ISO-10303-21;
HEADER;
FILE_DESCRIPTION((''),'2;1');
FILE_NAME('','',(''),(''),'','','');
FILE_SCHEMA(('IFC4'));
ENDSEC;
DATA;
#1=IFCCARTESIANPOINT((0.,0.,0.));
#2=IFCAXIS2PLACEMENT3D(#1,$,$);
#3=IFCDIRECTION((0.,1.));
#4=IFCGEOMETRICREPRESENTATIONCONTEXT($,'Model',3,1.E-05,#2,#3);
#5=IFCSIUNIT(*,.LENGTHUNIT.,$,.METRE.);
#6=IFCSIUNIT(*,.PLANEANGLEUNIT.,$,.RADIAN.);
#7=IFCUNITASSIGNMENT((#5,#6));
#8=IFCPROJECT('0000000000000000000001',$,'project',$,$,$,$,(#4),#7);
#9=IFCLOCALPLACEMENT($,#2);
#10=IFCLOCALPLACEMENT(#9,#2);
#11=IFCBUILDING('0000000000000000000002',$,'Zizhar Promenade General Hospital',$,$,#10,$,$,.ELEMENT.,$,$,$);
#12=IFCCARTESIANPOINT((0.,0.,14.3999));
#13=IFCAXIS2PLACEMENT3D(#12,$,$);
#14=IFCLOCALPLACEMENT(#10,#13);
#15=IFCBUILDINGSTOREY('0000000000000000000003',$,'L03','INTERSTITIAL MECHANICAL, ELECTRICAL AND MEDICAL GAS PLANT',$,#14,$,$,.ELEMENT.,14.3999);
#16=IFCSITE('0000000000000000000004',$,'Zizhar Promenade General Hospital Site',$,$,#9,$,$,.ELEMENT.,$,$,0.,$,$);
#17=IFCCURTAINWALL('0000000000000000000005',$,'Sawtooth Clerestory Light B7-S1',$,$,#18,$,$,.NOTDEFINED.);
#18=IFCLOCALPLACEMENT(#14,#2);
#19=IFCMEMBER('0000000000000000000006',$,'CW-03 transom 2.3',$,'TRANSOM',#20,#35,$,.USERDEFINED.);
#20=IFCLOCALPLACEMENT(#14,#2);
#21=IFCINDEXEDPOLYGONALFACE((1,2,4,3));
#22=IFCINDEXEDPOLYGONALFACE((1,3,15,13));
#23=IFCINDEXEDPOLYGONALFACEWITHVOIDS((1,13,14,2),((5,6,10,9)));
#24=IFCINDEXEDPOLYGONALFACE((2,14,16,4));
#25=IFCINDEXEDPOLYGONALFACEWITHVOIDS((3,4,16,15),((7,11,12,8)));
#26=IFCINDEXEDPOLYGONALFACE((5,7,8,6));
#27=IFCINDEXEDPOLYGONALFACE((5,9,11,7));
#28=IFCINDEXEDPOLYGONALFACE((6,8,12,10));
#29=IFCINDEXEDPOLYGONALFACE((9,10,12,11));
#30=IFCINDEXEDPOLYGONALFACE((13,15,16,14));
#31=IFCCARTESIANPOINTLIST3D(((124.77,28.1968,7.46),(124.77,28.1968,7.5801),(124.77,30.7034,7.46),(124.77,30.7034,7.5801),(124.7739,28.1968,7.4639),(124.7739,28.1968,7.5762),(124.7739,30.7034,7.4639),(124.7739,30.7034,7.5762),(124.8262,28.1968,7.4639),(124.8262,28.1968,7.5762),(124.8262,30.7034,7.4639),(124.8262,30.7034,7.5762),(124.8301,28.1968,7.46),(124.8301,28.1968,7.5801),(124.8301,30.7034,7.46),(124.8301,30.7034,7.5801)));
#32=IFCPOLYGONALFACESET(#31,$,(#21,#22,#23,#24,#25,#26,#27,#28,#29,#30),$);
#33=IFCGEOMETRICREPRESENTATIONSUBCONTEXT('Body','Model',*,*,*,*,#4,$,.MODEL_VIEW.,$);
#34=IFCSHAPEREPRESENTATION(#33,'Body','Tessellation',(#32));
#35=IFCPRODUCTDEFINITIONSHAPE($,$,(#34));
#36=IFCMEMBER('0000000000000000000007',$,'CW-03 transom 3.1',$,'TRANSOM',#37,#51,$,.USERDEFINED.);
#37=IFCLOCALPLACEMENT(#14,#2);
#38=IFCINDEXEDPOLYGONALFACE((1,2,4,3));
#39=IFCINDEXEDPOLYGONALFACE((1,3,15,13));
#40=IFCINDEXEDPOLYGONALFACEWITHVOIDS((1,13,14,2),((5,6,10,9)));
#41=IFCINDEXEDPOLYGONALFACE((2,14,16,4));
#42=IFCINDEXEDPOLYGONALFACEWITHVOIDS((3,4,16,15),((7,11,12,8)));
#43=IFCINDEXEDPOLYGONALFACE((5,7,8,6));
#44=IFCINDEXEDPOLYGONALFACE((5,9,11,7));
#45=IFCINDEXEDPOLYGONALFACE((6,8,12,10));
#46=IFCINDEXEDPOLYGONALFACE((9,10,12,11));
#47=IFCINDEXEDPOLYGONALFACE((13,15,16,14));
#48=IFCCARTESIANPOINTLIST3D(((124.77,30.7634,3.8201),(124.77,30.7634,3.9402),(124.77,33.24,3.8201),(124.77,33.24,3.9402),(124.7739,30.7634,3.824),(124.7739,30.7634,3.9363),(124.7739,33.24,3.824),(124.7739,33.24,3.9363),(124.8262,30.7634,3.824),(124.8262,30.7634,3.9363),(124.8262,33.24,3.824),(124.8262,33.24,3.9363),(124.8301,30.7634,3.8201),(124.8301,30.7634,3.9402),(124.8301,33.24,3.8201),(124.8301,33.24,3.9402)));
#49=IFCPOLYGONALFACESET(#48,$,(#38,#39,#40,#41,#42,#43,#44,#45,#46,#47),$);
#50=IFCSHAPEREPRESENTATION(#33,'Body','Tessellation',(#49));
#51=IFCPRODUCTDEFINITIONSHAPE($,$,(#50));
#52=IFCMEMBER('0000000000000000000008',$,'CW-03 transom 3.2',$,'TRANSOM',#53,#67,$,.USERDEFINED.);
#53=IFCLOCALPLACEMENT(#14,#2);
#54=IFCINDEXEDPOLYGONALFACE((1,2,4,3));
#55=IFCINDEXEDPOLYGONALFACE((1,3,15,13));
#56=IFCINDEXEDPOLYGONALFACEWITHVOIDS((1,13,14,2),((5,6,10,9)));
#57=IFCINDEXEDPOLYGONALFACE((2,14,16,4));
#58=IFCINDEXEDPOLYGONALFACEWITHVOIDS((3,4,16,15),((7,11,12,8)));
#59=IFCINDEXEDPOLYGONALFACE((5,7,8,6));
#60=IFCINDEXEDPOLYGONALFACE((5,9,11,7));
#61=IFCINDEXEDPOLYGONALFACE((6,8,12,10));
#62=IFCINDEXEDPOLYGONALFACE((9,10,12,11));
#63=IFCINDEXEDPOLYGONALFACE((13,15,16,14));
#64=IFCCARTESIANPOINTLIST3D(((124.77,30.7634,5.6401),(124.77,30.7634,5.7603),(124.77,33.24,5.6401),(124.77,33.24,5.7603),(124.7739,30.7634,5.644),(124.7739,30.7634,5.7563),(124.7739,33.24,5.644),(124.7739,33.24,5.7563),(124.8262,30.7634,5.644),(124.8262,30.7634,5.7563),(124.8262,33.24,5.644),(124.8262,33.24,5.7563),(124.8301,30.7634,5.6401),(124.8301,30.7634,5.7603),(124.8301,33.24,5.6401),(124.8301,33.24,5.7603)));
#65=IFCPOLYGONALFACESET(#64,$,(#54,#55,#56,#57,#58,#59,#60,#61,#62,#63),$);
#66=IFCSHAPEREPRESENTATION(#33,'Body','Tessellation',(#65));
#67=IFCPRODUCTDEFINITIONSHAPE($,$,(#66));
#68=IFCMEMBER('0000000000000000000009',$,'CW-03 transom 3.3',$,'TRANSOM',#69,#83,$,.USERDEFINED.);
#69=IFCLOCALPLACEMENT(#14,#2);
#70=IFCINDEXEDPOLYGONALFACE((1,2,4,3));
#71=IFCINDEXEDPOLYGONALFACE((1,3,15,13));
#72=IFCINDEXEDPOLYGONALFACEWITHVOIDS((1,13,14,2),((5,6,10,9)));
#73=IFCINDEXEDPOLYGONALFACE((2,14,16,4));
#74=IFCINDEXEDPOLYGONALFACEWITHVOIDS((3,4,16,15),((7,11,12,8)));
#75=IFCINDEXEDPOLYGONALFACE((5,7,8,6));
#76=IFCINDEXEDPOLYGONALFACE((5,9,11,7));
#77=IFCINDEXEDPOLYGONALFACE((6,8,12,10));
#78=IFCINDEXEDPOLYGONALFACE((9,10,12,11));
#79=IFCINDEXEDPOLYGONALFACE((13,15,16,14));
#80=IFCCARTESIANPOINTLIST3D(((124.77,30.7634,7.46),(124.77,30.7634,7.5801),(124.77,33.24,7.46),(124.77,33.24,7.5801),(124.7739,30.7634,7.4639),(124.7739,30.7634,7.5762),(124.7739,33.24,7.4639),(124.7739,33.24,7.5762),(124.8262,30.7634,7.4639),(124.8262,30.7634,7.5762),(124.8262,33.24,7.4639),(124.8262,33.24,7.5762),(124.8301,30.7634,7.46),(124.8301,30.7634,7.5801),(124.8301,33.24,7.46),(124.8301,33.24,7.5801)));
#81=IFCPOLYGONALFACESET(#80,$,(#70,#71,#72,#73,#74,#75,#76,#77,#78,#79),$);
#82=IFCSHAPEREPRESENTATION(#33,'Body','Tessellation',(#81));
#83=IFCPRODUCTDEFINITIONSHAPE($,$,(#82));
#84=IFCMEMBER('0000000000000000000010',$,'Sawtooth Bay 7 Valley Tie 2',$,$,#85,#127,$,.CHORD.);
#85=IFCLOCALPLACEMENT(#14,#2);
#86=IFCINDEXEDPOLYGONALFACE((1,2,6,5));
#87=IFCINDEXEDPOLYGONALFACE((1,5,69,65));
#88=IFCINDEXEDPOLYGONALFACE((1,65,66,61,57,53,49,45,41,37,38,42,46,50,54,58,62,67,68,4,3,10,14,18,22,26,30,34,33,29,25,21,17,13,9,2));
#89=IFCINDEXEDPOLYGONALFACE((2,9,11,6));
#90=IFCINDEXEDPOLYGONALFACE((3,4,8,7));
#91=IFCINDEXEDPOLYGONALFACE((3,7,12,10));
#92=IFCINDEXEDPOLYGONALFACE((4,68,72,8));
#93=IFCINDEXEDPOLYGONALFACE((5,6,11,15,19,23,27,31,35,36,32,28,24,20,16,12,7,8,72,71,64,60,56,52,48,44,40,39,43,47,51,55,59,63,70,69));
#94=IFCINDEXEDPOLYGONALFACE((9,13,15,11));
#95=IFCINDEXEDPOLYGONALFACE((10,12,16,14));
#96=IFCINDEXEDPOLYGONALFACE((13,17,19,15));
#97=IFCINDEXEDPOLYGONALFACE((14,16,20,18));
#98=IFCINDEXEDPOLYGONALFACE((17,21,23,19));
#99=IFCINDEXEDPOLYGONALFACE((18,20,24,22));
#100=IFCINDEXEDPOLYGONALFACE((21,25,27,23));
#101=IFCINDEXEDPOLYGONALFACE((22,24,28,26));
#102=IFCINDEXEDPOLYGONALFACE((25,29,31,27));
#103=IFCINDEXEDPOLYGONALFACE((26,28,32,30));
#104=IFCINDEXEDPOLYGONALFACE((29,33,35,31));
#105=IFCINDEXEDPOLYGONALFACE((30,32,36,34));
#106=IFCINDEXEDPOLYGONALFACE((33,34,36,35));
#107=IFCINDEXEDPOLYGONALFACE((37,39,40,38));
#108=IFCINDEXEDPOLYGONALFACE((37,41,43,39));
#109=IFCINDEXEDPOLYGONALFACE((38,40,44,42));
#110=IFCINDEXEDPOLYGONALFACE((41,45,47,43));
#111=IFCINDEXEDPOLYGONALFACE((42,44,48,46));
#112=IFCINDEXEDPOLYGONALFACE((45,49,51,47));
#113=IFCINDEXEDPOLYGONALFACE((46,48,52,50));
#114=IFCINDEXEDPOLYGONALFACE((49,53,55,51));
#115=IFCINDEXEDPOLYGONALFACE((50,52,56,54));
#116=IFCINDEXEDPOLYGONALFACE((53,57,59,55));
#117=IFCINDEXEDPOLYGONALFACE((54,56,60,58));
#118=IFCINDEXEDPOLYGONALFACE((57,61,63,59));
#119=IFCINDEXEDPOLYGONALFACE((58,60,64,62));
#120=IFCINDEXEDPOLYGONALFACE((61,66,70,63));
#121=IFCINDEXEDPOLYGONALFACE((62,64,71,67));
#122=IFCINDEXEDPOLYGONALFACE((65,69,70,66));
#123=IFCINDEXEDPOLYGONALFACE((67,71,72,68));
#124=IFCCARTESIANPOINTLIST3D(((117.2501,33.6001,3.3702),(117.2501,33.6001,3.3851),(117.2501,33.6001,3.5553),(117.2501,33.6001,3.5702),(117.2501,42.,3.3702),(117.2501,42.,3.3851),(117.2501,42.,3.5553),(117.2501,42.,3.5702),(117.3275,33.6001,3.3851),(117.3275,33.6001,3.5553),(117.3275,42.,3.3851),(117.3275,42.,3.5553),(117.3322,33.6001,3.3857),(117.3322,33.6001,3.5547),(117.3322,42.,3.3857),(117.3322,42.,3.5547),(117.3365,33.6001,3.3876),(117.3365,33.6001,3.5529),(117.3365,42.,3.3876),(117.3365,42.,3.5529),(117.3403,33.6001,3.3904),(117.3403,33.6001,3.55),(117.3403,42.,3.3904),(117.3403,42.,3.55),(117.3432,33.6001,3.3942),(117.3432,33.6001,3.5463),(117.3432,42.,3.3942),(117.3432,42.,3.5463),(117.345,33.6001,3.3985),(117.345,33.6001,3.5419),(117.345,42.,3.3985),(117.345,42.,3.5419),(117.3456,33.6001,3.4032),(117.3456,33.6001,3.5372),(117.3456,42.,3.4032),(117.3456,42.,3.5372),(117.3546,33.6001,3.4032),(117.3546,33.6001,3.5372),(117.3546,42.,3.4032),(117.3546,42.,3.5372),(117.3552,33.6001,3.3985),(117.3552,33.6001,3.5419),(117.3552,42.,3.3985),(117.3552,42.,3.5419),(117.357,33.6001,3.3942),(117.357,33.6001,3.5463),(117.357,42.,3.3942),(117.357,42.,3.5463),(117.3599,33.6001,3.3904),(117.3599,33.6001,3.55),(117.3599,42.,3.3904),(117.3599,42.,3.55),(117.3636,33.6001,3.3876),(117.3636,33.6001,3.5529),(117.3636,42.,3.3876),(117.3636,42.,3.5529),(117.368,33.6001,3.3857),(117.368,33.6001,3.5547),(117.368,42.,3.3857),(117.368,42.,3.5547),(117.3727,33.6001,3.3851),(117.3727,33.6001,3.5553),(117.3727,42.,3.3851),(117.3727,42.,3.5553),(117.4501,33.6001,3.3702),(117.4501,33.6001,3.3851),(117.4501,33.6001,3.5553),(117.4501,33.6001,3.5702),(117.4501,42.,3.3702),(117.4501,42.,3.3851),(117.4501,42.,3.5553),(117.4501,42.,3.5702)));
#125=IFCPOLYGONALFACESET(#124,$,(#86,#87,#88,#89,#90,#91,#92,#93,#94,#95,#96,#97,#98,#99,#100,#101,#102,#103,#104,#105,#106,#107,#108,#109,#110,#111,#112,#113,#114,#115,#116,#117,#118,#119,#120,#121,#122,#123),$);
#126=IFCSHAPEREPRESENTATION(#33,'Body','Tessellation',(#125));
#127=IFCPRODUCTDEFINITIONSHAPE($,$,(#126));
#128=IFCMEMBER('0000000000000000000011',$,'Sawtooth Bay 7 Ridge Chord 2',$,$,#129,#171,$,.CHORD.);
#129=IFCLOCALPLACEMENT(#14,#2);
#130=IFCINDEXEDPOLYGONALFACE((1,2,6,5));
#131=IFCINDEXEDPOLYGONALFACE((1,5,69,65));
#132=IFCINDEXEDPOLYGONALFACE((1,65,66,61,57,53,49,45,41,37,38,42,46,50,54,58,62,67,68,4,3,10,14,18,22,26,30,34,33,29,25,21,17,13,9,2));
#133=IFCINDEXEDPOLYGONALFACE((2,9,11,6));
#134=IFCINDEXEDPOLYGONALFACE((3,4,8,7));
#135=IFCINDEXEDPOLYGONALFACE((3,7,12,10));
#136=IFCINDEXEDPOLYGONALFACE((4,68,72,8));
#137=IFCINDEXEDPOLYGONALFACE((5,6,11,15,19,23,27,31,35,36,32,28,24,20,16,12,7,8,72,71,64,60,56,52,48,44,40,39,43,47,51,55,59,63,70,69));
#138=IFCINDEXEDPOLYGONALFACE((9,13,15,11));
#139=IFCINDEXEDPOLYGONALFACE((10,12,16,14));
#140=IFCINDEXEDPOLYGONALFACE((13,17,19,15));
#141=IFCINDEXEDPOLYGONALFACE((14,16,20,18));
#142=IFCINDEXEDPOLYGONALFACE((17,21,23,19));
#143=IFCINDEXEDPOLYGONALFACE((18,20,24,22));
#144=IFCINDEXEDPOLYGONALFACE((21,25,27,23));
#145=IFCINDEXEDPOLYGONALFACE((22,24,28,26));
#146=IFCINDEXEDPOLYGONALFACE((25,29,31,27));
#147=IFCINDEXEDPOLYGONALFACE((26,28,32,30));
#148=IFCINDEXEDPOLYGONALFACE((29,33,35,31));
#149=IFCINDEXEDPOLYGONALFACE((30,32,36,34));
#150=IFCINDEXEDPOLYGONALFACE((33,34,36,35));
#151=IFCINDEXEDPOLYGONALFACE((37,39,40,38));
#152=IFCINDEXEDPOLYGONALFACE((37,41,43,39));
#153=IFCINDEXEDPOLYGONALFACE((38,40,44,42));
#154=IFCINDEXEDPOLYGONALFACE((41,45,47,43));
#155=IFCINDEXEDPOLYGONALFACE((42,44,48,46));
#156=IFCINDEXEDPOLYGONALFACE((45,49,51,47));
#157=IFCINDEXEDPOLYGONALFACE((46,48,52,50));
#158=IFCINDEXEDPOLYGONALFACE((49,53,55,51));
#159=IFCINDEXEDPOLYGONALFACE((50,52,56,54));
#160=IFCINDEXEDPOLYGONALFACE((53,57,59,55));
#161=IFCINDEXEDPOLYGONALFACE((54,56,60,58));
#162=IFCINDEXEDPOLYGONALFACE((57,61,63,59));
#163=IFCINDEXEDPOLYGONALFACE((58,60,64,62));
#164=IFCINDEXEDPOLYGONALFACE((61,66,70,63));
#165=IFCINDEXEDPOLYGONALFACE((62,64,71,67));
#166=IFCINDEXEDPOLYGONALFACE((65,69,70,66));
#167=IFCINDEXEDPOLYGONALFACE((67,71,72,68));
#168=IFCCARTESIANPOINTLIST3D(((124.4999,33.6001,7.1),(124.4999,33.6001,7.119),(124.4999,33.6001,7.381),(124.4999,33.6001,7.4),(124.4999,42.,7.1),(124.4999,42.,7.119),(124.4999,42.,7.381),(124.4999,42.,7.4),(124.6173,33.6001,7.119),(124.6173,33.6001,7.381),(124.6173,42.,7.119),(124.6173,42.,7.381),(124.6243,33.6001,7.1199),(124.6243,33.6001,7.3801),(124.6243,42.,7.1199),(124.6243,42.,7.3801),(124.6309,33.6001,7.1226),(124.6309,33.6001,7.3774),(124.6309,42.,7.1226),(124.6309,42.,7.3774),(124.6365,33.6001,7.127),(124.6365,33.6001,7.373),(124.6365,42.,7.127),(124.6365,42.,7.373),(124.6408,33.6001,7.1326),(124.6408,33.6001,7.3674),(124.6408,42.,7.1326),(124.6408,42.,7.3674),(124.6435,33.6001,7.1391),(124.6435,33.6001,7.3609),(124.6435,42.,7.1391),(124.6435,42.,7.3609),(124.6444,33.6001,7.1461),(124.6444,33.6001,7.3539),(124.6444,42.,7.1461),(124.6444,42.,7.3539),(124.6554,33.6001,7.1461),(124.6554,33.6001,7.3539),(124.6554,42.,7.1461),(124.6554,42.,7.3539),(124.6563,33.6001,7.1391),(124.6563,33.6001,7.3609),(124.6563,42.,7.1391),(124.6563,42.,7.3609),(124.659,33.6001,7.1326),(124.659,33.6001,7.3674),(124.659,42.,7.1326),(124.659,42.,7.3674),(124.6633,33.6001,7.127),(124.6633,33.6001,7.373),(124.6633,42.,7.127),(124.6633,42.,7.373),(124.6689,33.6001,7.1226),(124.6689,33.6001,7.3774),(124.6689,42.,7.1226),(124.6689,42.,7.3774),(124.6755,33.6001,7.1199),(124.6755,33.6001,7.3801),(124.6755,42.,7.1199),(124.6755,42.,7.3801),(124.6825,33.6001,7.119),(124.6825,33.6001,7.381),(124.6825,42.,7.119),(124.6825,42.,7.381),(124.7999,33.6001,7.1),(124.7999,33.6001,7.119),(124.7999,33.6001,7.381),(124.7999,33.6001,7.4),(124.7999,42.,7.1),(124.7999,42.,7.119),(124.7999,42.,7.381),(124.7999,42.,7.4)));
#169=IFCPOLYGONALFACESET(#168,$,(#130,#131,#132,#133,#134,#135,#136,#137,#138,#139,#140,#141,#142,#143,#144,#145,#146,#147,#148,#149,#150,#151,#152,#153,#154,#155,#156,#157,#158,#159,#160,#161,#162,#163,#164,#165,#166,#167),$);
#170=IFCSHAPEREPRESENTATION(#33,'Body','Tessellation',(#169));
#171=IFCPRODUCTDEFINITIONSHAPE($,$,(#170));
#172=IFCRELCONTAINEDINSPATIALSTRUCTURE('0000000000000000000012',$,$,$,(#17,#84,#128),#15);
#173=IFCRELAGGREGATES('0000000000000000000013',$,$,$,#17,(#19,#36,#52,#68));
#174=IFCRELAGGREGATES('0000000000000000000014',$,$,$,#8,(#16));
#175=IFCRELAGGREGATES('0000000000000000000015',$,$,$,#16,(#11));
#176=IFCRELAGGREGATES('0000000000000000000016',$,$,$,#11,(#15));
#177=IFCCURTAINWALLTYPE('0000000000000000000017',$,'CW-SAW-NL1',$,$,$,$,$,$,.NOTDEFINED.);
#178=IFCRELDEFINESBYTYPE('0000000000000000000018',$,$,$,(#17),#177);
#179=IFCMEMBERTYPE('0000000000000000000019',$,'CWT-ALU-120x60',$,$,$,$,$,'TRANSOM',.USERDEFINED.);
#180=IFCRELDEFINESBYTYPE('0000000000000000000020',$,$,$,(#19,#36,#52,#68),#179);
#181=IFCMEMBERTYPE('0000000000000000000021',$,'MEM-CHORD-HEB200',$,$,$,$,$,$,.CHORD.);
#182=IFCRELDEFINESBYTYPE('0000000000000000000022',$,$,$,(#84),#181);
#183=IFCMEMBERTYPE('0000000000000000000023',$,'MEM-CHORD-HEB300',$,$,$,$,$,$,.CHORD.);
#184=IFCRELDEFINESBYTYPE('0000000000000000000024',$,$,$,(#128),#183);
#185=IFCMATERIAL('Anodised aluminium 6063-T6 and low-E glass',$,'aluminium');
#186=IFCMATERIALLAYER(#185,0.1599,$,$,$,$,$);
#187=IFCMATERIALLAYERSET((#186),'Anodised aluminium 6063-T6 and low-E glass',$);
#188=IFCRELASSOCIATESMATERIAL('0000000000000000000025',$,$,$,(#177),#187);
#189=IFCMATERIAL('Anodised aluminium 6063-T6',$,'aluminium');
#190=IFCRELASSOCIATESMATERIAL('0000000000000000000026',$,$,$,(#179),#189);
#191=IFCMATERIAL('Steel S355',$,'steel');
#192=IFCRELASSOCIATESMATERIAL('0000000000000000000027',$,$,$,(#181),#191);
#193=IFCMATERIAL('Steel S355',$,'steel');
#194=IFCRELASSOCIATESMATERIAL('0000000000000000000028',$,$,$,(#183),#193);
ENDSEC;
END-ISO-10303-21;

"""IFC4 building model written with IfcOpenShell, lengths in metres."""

from ifc_helpers import new_model, si_unit, direction, frame, origin, origin_2d, place, context, subcontext, project, spatial, hollow_rectangle, i_section, extrude, material, layer, layer_set, material_profile, profile_set, type_object, element, aggregate, save


model = new_model("IFC4")

# Units and contexts
model_context = context("Model", 3, precision=1e-05, world=origin(), true_north=direction((0.0, 1.0)))
body_context = subcontext(model_context, "Body", "Model", "MODEL_VIEW")
ifc_project = project(units=[si_unit("LENGTHUNIT", "METRE"), si_unit("PLANEANGLEUNIT", "RADIAN")], contexts=[model_context])

# Site, building, storey
site_placement = place(None, origin())
site = spatial("IfcSite", under=ifc_project, at=site_placement, Name="Zizhar Promenade General Hospital Site", CompositionType="ELEMENT", RefElevation=0.0)
building_placement = place(site_placement, origin())
building = spatial("IfcBuilding", under=site, at=building_placement, Name="Zizhar Promenade General Hospital", CompositionType="ELEMENT")
storey_placement = place(building_placement, frame((0.0, 0.0, 14.3999)))
storey = spatial("IfcBuildingStorey", under=building, at=storey_placement, Name="L03", Description="INTERSTITIAL MECHANICAL, ELECTRICAL AND MEDICAL GAS PLANT", CompositionType="ELEMENT", Elevation=14.3999)

# Curtain wall
ifc_material_1 = material(Name="Anodised aluminium 6063-T6 and low-E glass", Category="aluminium")
ifc_layer_1 = layer(ifc_material_1, 0.1599)
ifc_layer_set_1 = layer_set([ifc_layer_1], Name="Anodised aluminium 6063-T6 and low-E glass")
curtain_wall_type_1 = type_object("IfcCurtainWallType", Name="CW-SAW-NL1", PredefinedType="NOTDEFINED", material=ifc_layer_set_1)
curtain_wall_1_placement = place(storey_placement, origin())
curtain_wall_1 = element("IfcCurtainWall", 1, at=curtain_wall_1_placement, inside=storey, type_object=curtain_wall_type_1, Name="Sawtooth Clerestory Light B7-S1", PredefinedType="NOTDEFINED")

# Members
ifc_material_2 = material(Name="Anodised aluminium 6063-T6", Category="aluminium")
ifc_material_profile_1 = material_profile(ifc_material_2, hollow_rectangle(XDim=0.0601, YDim=0.1201, WallThickness=0.0039, at=origin_2d()))
ifc_profile_set_1 = profile_set([ifc_material_profile_1], Name="Anodised aluminium 6063-T6")
member_type_1 = type_object("IfcMemberType", Name="CWT-ALU-120x60", ElementType="TRANSOM", PredefinedType="USERDEFINED", material=ifc_profile_set_1)
member_1_placement = place(storey_placement, frame((124.8, 28.1968, 7.52), z_axis=(0.0, 1.0, 0.0), x_axis=(-1.0, 0.0, 0.0)))
member_1 = element("IfcMember", 2, at=member_1_placement, type_object=member_type_1, Name="CW-03 transom 2.3", ObjectType="TRANSOM", PredefinedType="USERDEFINED", context=body_context, shape_type="SweptSolid", body=[
    extrude(hollow_rectangle(XDim=0.0601, YDim=0.1201, WallThickness=0.0039, at=origin_2d()), origin(), (0.0, 0.0, 1.0), 2.5066),
])
member_2_placement = place(storey_placement, frame((124.8, 30.7634, 3.8801), z_axis=(0.0, 1.0, 0.0), x_axis=(-1.0, 0.0, 0.0)))
member_2 = element("IfcMember", 3, at=member_2_placement, type_object=member_type_1, Name="CW-03 transom 3.1", ObjectType="TRANSOM", PredefinedType="USERDEFINED", context=body_context, shape_type="SweptSolid", body=[
    extrude(hollow_rectangle(XDim=0.0601, YDim=0.1201, WallThickness=0.0039, at=origin_2d()), origin(), (0.0, 0.0, 1.0), 2.4766),
])
member_3_placement = place(storey_placement, frame((124.8, 30.7634, 5.7002), z_axis=(0.0, 1.0, 0.0), x_axis=(-1.0, 0.0, 0.0)))
member_3 = element("IfcMember", 4, at=member_3_placement, type_object=member_type_1, Name="CW-03 transom 3.2", ObjectType="TRANSOM", PredefinedType="USERDEFINED", context=body_context, shape_type="SweptSolid", body=[
    extrude(hollow_rectangle(XDim=0.0601, YDim=0.1201, WallThickness=0.0039, at=origin_2d()), origin(), (0.0, 0.0, 1.0), 2.4766),
])
member_4_placement = place(storey_placement, frame((124.8, 30.7634, 7.52), z_axis=(0.0, 1.0, 0.0), x_axis=(-1.0, 0.0, 0.0)))
member_4 = element("IfcMember", 5, at=member_4_placement, type_object=member_type_1, Name="CW-03 transom 3.3", ObjectType="TRANSOM", PredefinedType="USERDEFINED", context=body_context, shape_type="SweptSolid", body=[
    extrude(hollow_rectangle(XDim=0.0601, YDim=0.1201, WallThickness=0.0039, at=origin_2d()), origin(), (0.0, 0.0, 1.0), 2.4766),
])

# Members
ifc_material_3 = material(Name="Steel S355", Category="steel")
ifc_material_profile_2 = material_profile(ifc_material_3, i_section(OverallWidth=0.2, OverallDepth=0.2, WebThickness=0.009, FlangeThickness=0.0149, FilletRadius=0.0181, at=origin_2d()))
ifc_profile_set_2 = profile_set([ifc_material_profile_2], Name="Steel S355")
member_type_2 = type_object("IfcMemberType", Name="MEM-CHORD-HEB200", PredefinedType="CHORD", material=ifc_profile_set_2)
member_5_placement = place(storey_placement, frame((117.3501, 33.6001, 3.4702), z_axis=(0.0, 1.0, 0.0), x_axis=(-1.0, 0.0, 0.0)))
element("IfcMember", 6, at=member_5_placement, inside=storey, type_object=member_type_2, Name="Sawtooth Bay 7 Valley Tie 2", PredefinedType="CHORD", context=body_context, shape_type="SweptSolid", body=[
    extrude(i_section(OverallWidth=0.2, OverallDepth=0.2, WebThickness=0.009, FlangeThickness=0.0149, FilletRadius=0.0181, at=origin_2d()), origin(), (0.0, 0.0, 1.0), 8.3999),
])
ifc_material_4 = material(Name="Steel S355", Category="steel")
ifc_material_profile_3 = material_profile(ifc_material_4, i_section(OverallWidth=0.3, OverallDepth=0.3, WebThickness=0.011, FlangeThickness=0.019, FilletRadius=0.0271, at=origin_2d()))
ifc_profile_set_3 = profile_set([ifc_material_profile_3], Name="Steel S355")
member_type_3 = type_object("IfcMemberType", Name="MEM-CHORD-HEB300", PredefinedType="CHORD", material=ifc_profile_set_3)
member_6_placement = place(storey_placement, frame((124.6499, 33.6001, 7.25), z_axis=(0.0, 1.0, 0.0), x_axis=(-1.0, 0.0, 0.0)))
element("IfcMember", 7, at=member_6_placement, inside=storey, type_object=member_type_3, Name="Sawtooth Bay 7 Ridge Chord 2", PredefinedType="CHORD", context=body_context, shape_type="SweptSolid", body=[
    extrude(i_section(OverallWidth=0.3, OverallDepth=0.3, WebThickness=0.011, FlangeThickness=0.019, FilletRadius=0.0271, at=origin_2d()), origin(), (0.0, 0.0, 1.0), 8.3999),
])

aggregate(curtain_wall_1, [member_1, member_2, member_3, member_4])

save(model, "model.ifc")
